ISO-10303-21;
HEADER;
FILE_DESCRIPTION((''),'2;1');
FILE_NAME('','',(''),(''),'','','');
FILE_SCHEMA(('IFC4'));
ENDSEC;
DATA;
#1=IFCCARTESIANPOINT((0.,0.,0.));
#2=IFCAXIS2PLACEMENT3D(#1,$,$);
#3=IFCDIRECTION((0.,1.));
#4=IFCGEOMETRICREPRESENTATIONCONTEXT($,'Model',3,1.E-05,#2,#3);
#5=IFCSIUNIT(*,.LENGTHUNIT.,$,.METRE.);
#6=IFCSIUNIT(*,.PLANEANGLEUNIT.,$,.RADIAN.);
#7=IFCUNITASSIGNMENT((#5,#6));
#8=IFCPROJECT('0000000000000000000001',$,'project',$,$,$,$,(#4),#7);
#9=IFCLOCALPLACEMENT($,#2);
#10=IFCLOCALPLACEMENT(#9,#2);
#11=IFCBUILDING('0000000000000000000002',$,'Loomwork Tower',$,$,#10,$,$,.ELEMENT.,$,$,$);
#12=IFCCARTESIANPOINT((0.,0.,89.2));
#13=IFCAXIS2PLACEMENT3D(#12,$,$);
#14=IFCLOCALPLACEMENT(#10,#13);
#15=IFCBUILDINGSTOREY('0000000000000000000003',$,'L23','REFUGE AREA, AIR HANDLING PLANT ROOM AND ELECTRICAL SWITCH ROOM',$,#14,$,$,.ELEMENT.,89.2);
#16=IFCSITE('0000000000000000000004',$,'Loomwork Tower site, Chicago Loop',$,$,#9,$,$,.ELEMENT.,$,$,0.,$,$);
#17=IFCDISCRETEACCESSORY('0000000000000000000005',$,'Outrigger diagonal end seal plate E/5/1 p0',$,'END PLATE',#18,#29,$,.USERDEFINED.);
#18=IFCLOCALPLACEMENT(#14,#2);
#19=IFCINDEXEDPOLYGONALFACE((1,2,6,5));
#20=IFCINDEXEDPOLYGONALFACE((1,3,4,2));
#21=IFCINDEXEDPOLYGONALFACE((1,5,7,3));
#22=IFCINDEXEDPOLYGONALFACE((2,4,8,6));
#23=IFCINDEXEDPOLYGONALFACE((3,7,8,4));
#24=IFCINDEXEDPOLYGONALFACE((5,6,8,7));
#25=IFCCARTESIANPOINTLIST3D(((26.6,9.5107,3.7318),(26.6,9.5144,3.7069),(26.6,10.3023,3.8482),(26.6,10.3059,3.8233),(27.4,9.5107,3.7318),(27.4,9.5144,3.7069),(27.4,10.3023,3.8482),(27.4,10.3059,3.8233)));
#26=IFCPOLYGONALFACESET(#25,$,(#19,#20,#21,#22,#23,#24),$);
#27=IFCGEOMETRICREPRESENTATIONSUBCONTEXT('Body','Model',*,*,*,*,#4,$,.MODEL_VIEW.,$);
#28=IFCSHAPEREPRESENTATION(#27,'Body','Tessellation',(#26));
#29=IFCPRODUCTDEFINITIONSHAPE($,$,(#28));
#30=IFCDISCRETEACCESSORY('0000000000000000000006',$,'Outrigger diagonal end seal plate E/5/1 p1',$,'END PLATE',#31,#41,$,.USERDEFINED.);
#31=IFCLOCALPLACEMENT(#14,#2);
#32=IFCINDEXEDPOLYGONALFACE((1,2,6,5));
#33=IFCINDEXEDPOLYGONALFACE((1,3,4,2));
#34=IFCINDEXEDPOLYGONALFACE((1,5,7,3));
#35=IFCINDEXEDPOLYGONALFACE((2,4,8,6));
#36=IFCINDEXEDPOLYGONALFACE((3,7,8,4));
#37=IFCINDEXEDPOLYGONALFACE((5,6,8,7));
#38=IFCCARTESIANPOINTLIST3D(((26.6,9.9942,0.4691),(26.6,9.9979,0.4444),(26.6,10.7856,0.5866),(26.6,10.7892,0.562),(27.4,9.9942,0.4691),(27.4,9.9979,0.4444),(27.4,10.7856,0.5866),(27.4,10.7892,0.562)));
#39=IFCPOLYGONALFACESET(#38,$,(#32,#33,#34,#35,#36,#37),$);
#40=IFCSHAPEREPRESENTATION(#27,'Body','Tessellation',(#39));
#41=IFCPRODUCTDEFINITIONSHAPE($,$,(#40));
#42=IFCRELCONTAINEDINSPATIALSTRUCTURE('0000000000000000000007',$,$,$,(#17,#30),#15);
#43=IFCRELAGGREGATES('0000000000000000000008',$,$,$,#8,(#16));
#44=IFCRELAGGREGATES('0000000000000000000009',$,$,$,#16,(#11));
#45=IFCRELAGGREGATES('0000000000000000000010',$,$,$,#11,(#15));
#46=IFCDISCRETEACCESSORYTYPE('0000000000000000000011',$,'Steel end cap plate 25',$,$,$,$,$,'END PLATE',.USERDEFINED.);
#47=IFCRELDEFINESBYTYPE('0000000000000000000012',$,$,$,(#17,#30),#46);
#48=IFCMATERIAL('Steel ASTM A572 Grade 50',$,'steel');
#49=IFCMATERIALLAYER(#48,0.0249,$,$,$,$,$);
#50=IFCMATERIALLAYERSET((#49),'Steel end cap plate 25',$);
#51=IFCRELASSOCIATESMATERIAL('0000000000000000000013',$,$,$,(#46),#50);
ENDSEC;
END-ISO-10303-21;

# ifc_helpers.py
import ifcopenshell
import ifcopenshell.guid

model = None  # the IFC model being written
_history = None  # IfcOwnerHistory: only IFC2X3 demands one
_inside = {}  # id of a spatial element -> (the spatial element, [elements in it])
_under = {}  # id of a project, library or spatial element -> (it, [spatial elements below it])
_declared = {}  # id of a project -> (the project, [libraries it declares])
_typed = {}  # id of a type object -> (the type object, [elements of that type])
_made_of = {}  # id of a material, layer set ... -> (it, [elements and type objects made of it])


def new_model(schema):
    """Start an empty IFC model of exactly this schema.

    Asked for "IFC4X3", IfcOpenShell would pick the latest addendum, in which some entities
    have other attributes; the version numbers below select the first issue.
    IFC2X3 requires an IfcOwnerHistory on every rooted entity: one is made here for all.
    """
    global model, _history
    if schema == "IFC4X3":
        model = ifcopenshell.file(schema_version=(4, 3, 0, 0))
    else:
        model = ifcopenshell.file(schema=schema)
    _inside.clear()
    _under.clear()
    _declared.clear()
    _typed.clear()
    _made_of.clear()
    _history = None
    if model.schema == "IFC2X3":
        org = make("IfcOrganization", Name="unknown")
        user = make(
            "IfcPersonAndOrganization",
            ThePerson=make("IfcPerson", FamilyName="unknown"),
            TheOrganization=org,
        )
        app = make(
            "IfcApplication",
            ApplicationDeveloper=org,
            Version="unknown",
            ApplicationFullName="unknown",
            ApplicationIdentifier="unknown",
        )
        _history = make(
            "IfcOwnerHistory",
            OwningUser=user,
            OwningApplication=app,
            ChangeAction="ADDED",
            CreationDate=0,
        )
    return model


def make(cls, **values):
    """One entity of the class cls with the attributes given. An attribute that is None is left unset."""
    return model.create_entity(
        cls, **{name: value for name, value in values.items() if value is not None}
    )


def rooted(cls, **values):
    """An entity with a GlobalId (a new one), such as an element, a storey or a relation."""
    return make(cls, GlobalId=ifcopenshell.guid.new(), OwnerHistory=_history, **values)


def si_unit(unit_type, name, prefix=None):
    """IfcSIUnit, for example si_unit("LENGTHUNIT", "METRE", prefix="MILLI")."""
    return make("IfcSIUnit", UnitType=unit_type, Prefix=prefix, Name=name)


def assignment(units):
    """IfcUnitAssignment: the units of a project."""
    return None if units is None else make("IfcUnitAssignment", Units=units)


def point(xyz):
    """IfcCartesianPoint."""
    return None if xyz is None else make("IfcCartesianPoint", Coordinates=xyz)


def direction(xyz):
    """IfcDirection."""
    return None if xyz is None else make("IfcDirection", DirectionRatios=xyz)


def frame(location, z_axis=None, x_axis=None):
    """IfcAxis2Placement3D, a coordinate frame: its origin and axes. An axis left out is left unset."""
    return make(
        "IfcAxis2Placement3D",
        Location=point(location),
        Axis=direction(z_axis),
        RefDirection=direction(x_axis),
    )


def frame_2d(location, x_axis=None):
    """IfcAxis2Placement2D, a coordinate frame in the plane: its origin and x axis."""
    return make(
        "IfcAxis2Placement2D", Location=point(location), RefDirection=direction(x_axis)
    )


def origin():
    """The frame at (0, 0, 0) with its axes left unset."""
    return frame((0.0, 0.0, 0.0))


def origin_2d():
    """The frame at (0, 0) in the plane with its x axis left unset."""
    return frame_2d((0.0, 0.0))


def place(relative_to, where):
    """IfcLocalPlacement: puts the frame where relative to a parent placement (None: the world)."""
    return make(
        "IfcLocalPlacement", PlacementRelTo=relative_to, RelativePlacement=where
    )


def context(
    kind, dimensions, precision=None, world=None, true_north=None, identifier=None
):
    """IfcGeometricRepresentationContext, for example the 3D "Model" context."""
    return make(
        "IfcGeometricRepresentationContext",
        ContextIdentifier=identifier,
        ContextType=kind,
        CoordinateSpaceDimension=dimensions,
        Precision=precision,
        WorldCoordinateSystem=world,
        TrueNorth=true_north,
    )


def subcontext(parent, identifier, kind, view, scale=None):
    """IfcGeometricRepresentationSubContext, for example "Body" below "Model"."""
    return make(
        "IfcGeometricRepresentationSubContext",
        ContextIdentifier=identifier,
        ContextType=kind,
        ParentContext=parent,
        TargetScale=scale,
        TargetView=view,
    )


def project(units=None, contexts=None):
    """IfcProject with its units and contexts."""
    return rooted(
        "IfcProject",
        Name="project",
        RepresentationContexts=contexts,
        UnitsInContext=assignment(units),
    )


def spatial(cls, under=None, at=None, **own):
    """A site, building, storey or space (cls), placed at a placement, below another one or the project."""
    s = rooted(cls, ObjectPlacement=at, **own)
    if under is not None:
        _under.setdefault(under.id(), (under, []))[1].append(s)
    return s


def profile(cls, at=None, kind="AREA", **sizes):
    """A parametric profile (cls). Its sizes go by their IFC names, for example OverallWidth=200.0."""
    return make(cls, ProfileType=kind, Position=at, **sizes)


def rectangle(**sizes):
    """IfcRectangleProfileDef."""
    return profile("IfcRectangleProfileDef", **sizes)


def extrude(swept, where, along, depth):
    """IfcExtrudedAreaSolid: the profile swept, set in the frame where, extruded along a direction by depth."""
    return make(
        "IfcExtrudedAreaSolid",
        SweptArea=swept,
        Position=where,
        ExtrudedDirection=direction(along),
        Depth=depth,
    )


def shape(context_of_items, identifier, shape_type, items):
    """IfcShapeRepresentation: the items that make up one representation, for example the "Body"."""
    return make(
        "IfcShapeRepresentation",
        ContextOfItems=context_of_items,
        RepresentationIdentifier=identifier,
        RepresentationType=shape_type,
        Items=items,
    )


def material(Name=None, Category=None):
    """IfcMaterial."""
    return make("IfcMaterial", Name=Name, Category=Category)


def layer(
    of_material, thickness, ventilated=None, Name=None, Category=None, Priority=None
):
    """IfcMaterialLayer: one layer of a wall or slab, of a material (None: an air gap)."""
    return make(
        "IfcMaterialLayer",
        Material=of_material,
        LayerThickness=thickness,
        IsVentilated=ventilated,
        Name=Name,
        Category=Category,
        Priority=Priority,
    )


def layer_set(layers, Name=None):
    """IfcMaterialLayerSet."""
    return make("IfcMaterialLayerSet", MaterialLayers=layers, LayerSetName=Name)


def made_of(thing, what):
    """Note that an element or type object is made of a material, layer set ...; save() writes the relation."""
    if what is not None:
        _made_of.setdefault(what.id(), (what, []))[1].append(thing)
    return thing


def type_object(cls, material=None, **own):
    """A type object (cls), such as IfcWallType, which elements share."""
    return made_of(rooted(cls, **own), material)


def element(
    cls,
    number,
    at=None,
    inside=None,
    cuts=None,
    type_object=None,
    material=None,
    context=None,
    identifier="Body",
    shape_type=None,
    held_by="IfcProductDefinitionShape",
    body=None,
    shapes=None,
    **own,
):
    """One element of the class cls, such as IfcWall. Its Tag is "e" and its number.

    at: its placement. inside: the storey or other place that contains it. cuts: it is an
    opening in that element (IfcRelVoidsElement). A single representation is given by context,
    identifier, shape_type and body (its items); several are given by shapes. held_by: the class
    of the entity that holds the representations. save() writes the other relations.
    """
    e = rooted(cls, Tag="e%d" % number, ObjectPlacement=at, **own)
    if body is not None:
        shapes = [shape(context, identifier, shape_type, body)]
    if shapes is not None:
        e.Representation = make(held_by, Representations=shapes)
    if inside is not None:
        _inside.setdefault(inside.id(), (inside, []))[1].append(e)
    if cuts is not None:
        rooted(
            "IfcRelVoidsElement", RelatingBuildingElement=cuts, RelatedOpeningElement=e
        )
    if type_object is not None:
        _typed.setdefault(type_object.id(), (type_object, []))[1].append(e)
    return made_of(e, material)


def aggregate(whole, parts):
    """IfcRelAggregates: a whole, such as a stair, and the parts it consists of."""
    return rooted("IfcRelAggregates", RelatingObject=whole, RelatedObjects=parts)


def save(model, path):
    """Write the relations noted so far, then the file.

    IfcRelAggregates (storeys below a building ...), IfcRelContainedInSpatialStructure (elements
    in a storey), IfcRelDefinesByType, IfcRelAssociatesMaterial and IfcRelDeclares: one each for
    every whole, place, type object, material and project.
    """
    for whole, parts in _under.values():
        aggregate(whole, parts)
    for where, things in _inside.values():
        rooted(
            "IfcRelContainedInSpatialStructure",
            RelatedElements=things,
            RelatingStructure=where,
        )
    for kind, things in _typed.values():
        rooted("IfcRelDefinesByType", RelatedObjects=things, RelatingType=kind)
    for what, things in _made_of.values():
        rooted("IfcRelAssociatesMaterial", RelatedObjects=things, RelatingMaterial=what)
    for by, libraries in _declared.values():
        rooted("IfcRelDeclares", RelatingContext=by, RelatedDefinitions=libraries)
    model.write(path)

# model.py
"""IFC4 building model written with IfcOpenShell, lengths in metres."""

from ifc_helpers import new_model, si_unit, direction, frame, origin, origin_2d, place, context, subcontext, project, spatial, rectangle, extrude, material, layer, layer_set, type_object, element, save


model = new_model("IFC4")

# Units and contexts
model_context = context("Model", 3, precision=1e-05, world=origin(), true_north=direction((0.0, 1.0)))
body_context = subcontext(model_context, "Body", "Model", "MODEL_VIEW")
ifc_project = project(units=[si_unit("LENGTHUNIT", "METRE"), si_unit("PLANEANGLEUNIT", "RADIAN")], contexts=[model_context])

# Site, building, storey
site_placement = place(None, origin())
site = spatial("IfcSite", under=ifc_project, at=site_placement, Name="Loomwork Tower site, Chicago Loop", CompositionType="ELEMENT", RefElevation=0.0)
building_placement = place(site_placement, origin())
building = spatial("IfcBuilding", under=site, at=building_placement, Name="Loomwork Tower", CompositionType="ELEMENT")
storey_placement = place(building_placement, frame((0.0, 0.0, 89.2)))
storey = spatial("IfcBuildingStorey", under=building, at=storey_placement, Name="L23", Description="REFUGE AREA, AIR HANDLING PLANT ROOM AND ELECTRICAL SWITCH ROOM", CompositionType="ELEMENT", Elevation=89.2)

# Discrete accessories
ifc_material_1 = material(Name="Steel ASTM A572 Grade 50", Category="steel")
ifc_layer_1 = layer(ifc_material_1, 0.0249)
ifc_layer_set_1 = layer_set([ifc_layer_1], Name="Steel end cap plate 25")
discrete_accessory_type_1 = type_object("IfcDiscreteAccessoryType", Name="Steel end cap plate 25", ElementType="END PLATE", PredefinedType="USERDEFINED", material=ifc_layer_set_1)
discrete_accessory_1_placement = place(storey_placement, frame((27.0, 9.9102, 3.7651), z_axis=(0.0, -0.145494, 0.989359), x_axis=(1.0, 0.0, 0.0)))
element("IfcDiscreteAccessory", 1, at=discrete_accessory_1_placement, inside=storey, type_object=discrete_accessory_type_1, Name="Outrigger diagonal end seal plate E/5/1 p0", ObjectType="END PLATE", PredefinedType="USERDEFINED", context=body_context, shape_type="SweptSolid", body=[
    extrude(rectangle(XDim=0.8, YDim=0.8, at=origin_2d()), origin(), (0.0, 0.0, 1.0), 0.0251),
])
discrete_accessory_2_placement = place(storey_placement, frame((27.0, 10.3899, 0.5278), z_axis=(0.0, 0.146904, -0.989151), x_axis=(-1.0, 0.0, 0.0)))
element("IfcDiscreteAccessory", 2, at=discrete_accessory_2_placement, inside=storey, type_object=discrete_accessory_type_1, Name="Outrigger diagonal end seal plate E/5/1 p1", ObjectType="END PLATE", PredefinedType="USERDEFINED", context=body_context, shape_type="SweptSolid", body=[
    extrude(rectangle(XDim=0.8, YDim=0.8, at=origin_2d()), origin(), (0.0, 0.0, 1.0), 0.0249),
])

save(model, "model.ifc")
